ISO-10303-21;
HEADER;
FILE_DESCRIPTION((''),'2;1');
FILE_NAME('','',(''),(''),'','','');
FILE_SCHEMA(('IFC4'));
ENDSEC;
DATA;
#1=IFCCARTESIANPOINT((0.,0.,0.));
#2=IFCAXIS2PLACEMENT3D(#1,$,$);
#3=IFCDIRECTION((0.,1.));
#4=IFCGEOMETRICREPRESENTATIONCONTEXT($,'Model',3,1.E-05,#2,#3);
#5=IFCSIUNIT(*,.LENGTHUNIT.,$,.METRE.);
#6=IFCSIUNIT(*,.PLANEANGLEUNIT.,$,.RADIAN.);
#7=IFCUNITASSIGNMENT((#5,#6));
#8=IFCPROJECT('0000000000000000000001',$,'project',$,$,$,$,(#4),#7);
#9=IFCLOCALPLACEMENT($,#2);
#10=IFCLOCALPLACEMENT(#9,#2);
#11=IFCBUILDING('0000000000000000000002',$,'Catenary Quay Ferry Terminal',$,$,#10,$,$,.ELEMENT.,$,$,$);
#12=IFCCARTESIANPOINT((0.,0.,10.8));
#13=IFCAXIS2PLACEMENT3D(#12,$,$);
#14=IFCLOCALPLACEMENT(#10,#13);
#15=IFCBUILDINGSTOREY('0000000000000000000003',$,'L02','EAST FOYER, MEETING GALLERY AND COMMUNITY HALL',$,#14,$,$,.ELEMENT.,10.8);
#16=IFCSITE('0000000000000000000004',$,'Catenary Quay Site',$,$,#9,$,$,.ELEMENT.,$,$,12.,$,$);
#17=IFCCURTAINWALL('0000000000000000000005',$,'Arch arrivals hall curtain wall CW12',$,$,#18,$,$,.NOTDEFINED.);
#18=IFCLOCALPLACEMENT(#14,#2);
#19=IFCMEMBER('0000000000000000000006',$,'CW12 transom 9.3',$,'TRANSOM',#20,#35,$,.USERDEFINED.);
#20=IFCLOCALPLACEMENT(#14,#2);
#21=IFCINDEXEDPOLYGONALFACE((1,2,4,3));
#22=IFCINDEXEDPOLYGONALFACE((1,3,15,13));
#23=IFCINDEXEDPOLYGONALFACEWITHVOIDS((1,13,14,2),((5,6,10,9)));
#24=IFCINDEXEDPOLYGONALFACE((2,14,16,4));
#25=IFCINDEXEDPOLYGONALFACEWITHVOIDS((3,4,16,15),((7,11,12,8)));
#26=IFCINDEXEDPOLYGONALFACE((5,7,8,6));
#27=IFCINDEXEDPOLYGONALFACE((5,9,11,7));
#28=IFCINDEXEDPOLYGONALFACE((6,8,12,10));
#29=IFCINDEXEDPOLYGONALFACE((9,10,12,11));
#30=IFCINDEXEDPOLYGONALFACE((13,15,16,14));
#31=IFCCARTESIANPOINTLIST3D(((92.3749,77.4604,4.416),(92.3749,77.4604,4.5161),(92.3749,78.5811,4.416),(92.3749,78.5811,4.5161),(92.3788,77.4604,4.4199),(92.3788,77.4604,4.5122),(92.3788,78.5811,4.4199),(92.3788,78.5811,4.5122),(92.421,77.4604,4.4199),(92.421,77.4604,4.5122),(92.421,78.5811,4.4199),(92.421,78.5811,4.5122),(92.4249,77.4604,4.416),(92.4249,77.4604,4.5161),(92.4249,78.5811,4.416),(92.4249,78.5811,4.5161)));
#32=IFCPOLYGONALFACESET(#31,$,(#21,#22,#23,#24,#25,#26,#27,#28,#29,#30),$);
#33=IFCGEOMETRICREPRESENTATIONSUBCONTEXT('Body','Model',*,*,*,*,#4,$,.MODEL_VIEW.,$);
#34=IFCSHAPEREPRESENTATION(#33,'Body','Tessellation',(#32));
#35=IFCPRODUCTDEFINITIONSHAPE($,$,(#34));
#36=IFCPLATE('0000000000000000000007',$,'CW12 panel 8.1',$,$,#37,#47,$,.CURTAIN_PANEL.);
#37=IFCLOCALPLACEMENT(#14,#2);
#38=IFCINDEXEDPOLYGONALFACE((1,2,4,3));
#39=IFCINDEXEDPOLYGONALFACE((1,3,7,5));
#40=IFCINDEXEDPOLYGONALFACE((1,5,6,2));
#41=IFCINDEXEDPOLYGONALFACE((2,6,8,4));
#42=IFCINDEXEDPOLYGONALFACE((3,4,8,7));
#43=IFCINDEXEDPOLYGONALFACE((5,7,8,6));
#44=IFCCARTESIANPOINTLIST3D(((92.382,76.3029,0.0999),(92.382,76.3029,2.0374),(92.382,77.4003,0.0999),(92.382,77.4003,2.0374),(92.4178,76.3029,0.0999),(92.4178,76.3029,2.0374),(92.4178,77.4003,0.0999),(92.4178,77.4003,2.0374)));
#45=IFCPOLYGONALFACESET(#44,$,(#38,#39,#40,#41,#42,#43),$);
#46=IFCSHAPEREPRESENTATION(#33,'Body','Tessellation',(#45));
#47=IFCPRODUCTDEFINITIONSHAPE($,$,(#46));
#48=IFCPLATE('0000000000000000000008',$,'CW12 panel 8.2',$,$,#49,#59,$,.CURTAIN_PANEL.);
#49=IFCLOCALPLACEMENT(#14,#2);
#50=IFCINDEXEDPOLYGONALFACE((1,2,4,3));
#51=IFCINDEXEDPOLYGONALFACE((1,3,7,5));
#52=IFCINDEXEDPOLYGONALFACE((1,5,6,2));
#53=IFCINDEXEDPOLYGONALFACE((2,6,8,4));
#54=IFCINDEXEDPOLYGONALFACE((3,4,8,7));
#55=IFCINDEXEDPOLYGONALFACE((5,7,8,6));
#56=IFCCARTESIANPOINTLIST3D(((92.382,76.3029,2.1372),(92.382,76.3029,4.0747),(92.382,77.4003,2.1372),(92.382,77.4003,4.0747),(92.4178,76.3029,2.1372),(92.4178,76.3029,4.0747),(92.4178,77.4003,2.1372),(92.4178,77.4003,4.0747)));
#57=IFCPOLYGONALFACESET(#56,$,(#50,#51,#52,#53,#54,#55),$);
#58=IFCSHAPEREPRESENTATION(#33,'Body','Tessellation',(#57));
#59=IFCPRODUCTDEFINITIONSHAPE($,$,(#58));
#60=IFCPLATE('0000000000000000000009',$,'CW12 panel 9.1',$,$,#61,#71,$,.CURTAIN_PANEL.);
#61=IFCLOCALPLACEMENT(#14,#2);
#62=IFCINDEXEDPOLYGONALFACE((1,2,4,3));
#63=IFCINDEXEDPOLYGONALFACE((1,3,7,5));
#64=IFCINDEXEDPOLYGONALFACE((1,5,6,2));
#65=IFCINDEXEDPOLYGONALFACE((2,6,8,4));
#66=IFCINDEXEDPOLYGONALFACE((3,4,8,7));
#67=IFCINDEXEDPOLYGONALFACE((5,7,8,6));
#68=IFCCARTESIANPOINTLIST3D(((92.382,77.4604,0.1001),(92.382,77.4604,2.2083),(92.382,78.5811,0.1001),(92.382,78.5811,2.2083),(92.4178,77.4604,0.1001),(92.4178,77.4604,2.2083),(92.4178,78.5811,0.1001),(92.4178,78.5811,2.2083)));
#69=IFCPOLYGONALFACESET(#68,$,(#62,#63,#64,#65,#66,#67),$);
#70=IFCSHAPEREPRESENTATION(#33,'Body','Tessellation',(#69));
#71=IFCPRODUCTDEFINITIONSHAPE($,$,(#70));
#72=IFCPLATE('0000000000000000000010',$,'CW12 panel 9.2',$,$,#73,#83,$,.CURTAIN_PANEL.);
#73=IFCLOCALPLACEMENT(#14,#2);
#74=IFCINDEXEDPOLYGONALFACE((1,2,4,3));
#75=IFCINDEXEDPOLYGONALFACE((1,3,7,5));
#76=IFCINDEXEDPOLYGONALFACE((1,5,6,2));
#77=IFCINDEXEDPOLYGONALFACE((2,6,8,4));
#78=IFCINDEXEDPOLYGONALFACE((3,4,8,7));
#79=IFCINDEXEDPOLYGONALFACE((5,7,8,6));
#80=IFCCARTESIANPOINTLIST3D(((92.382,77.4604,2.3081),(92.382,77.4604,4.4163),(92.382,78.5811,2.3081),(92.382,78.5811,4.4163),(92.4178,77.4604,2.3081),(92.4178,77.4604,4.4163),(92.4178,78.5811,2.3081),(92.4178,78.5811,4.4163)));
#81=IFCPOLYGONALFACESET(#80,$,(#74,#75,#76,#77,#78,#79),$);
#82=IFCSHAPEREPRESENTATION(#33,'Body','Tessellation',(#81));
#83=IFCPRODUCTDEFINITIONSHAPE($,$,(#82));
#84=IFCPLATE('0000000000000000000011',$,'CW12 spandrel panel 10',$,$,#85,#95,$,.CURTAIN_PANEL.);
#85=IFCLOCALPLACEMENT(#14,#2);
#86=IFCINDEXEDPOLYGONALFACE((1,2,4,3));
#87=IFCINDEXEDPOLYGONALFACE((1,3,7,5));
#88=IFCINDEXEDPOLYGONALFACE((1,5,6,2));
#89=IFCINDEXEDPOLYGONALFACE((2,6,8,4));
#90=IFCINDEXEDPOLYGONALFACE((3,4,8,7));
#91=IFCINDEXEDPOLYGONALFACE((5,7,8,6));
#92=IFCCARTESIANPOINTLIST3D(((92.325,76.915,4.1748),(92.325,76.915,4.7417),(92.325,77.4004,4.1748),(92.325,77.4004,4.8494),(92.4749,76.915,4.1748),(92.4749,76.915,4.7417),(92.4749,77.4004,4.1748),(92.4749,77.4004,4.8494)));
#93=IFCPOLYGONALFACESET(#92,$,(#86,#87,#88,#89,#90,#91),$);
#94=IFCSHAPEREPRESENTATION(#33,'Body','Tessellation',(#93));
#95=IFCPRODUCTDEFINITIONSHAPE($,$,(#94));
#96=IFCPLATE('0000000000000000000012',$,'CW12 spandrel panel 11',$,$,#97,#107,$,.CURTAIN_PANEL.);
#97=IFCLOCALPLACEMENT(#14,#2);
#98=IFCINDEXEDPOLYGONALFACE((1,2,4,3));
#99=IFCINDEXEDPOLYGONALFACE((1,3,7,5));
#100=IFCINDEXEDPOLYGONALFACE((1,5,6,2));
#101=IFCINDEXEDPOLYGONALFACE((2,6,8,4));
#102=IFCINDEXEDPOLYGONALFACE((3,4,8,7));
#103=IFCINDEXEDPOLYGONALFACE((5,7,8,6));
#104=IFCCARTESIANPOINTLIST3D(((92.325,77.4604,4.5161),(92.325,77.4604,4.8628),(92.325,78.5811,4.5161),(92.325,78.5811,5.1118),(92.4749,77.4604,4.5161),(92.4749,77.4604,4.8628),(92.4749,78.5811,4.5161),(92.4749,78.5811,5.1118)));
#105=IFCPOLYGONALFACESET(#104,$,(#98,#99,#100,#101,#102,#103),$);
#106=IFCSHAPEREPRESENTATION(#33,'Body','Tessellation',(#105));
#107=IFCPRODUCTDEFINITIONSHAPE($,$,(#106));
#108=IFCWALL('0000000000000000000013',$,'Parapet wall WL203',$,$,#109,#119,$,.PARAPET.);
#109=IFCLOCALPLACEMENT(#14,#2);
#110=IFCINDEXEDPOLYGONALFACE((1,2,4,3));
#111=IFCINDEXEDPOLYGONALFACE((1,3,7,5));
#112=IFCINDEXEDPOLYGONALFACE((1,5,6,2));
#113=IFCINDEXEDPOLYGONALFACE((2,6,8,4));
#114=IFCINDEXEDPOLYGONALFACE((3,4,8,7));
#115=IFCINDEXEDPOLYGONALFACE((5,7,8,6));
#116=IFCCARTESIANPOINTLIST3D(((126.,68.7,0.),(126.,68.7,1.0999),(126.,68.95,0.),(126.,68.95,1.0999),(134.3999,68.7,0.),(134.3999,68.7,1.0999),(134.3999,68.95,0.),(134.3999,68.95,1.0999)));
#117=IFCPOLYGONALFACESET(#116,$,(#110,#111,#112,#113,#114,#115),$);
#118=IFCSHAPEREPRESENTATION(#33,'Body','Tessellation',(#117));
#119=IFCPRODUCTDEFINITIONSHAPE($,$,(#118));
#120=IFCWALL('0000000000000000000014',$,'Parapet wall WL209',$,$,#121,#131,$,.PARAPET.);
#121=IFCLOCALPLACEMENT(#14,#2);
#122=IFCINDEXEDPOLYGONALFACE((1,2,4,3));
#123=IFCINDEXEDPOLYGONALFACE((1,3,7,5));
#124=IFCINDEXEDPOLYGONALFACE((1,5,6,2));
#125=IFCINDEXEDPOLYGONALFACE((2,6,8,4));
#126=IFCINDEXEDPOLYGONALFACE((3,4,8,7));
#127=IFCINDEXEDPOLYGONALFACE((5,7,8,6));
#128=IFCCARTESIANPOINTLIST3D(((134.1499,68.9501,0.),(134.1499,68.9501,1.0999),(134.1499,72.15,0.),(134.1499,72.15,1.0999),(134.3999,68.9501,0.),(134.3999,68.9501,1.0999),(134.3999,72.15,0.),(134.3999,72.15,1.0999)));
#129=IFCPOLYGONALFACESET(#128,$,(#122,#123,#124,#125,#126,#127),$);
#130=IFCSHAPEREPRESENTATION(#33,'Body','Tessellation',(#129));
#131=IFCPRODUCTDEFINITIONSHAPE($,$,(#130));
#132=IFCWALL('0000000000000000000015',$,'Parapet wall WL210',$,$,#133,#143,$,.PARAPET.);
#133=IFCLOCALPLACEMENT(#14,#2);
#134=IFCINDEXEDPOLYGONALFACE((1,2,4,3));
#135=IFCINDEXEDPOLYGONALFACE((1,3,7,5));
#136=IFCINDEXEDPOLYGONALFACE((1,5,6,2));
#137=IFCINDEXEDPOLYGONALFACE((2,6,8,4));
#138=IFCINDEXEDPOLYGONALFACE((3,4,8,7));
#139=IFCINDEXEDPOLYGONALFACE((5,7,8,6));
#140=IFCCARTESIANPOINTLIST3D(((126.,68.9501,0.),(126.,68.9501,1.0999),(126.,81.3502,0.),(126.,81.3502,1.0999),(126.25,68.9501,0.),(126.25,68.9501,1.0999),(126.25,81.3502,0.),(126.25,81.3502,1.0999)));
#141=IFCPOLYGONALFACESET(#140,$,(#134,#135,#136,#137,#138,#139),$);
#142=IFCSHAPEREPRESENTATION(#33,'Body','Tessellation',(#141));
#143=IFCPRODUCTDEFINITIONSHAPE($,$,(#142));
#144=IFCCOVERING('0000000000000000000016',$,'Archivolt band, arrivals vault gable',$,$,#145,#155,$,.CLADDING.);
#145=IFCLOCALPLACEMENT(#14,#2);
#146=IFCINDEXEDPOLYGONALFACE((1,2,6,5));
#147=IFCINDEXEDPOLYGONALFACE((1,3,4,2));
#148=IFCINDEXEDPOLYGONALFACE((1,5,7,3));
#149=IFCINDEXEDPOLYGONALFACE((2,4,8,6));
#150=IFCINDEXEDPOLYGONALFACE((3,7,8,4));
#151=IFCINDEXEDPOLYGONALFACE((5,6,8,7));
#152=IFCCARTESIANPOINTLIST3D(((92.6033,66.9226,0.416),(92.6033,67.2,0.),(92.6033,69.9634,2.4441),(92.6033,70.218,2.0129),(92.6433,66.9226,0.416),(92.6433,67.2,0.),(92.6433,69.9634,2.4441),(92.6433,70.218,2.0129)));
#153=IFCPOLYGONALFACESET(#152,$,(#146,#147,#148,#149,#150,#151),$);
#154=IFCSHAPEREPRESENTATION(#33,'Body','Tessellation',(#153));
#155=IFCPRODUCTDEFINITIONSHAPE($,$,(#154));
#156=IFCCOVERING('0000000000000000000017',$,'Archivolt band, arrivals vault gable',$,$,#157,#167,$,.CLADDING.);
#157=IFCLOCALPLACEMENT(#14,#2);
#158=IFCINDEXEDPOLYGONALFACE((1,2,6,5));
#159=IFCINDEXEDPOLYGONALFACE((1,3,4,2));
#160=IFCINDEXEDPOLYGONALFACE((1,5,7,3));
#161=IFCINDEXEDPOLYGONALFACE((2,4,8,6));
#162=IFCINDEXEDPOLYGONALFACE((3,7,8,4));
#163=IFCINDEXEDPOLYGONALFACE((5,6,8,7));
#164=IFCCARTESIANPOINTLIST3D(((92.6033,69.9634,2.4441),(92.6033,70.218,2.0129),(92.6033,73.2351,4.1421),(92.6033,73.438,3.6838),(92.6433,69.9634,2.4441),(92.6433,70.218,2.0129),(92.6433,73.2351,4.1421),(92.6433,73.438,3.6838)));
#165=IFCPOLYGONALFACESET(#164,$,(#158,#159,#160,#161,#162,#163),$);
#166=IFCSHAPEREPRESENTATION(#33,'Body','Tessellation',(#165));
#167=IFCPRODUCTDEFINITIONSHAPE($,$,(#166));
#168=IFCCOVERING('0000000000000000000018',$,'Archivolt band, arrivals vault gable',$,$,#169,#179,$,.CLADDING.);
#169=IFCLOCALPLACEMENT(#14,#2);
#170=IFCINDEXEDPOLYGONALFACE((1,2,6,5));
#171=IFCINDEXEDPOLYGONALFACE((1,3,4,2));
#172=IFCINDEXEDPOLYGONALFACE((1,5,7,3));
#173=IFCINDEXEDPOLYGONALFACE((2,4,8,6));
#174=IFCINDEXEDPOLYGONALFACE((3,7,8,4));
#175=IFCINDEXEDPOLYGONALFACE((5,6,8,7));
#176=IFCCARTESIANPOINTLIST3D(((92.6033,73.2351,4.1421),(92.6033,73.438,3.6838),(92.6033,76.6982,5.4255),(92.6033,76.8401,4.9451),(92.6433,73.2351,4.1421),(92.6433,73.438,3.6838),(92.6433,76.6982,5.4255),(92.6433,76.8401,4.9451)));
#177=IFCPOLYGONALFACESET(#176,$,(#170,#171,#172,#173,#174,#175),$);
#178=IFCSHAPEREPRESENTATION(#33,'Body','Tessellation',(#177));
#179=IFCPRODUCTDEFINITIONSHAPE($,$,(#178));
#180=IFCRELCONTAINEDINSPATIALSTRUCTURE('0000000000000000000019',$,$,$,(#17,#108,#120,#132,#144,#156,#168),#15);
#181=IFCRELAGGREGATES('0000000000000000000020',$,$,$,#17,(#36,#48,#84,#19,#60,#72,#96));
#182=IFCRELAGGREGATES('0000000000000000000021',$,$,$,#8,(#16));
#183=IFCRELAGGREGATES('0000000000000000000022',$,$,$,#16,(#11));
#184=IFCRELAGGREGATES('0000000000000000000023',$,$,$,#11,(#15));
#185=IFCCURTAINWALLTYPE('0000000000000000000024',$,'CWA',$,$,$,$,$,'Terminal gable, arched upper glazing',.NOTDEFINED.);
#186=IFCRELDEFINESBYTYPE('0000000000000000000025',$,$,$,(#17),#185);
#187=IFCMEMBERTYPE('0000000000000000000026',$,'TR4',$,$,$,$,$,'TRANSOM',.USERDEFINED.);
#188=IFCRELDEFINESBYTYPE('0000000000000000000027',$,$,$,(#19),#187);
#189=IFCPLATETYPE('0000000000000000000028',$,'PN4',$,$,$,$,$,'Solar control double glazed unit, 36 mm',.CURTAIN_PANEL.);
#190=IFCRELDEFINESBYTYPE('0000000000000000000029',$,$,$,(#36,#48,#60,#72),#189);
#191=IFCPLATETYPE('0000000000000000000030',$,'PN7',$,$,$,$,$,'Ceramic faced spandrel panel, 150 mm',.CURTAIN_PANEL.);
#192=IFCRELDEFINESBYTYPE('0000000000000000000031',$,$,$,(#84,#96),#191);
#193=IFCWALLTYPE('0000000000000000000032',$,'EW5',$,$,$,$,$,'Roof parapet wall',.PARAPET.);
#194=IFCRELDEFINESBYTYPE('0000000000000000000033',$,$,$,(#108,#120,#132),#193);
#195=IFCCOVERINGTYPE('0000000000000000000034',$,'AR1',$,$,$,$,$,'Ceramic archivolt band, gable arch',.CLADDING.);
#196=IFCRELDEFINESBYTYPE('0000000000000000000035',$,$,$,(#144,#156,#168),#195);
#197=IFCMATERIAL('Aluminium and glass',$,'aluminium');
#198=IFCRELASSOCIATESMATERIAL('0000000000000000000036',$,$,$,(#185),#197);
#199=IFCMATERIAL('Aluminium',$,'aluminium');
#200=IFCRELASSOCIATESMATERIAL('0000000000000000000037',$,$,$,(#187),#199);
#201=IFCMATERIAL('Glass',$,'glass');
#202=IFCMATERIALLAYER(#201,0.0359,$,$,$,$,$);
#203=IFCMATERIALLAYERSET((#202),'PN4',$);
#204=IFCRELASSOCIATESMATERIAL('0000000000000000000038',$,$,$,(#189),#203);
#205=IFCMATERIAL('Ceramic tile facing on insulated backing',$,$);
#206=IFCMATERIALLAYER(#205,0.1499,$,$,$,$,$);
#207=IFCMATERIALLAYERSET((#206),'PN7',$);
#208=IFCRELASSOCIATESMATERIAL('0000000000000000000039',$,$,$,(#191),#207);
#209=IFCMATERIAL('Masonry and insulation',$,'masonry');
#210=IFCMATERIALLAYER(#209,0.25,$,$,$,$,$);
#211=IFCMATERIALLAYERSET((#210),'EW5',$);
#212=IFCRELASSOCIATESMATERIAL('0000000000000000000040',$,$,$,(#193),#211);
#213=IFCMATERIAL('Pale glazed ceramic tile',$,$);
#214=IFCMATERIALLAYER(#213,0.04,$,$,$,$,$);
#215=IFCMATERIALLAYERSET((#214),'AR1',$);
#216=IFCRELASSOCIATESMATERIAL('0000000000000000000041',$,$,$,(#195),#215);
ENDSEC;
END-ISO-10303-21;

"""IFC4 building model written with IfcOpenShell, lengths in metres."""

from ifc_helpers import new_model, si_unit, direction, frame, frame_2d, origin, origin_2d, place, context, subcontext, project, spatial, polyline, rectangle, hollow_rectangle, outline, extrude, material, layer, layer_set, material_profile, profile_set, type_object, element, aggregate, save


model = new_model("IFC4")

# Units and contexts
model_context = context("Model", 3, precision=1e-05, world=origin(), true_north=direction((0.0, 1.0)))
body_context = subcontext(model_context, "Body", "Model", "MODEL_VIEW")
ifc_project = project(units=[si_unit("LENGTHUNIT", "METRE"), si_unit("PLANEANGLEUNIT", "RADIAN")], contexts=[model_context])

# Site, building, storey
site_placement = place(None, origin())
site = spatial("IfcSite", under=ifc_project, at=site_placement, Name="Catenary Quay Site", CompositionType="ELEMENT", RefElevation=12.0)
building_placement = place(site_placement, origin())
building = spatial("IfcBuilding", under=site, at=building_placement, Name="Catenary Quay Ferry Terminal", CompositionType="ELEMENT")
storey_placement = place(building_placement, frame((0.0, 0.0, 10.8)))
storey = spatial("IfcBuildingStorey", under=building, at=storey_placement, Name="L02", Description="EAST FOYER, MEETING GALLERY AND COMMUNITY HALL", CompositionType="ELEMENT", Elevation=10.8)

# Curtain wall
ifc_material_1 = material(Name="Aluminium and glass", Category="aluminium")
curtain_wall_type = type_object("IfcCurtainWallType", Name="CWA", ElementType="Terminal gable, arched upper glazing", PredefinedType="NOTDEFINED", material=ifc_material_1)
curtain_wall_placement = place(storey_placement, origin())
curtain_wall = element("IfcCurtainWall", 1, at=curtain_wall_placement, inside=storey, type_object=curtain_wall_type, Name="Arch arrivals hall curtain wall CW12", PredefinedType="NOTDEFINED")

# Member
ifc_material_2 = material(Name="Aluminium", Category="aluminium")
ifc_material_profile_1 = material_profile(ifc_material_2, hollow_rectangle(XDim=0.05, YDim=0.1001, WallThickness=0.0039, at=origin_2d()), Name="TR4")
ifc_profile_set_1 = profile_set([ifc_material_profile_1], Name="Aluminium")
member_type_1 = type_object("IfcMemberType", Name="TR4", ElementType="TRANSOM", PredefinedType="USERDEFINED", material=ifc_profile_set_1)
member_1_placement = place(storey_placement, frame((92.3999, 77.4604, 4.4661), z_axis=(0.0, 1.0, 0.0), x_axis=(-1.0, 0.0, 0.0)))
member_1 = element("IfcMember", 2, at=member_1_placement, type_object=member_type_1, Name="CW12 transom 9.3", ObjectType="TRANSOM", PredefinedType="USERDEFINED", context=body_context, shape_type="SweptSolid", body=[
    extrude(hollow_rectangle(XDim=0.05, YDim=0.1001, WallThickness=0.0039, at=origin_2d()), origin(), (0.0, 0.0, 1.0), 1.1206),
])

# Plates
ifc_material_3 = material(Name="Glass", Category="glass")
ifc_layer_1 = layer(ifc_material_3, 0.0359)
ifc_layer_set_1 = layer_set([ifc_layer_1], Name="PN4")
plate_type_1 = type_object("IfcPlateType", Name="PN4", ElementType="Solar control double glazed unit, 36 mm", PredefinedType="CURTAIN_PANEL", material=ifc_layer_set_1)
plate_1_placement = place(storey_placement, frame((92.3999, 76.8516, 0.0999), z_axis=(0.0, 0.0, 1.0), x_axis=(0.0, 1.0, 0.0)))
plate_1 = element("IfcPlate", 3, at=plate_1_placement, type_object=plate_type_1, Name="CW12 panel 8.1", PredefinedType="CURTAIN_PANEL", context=body_context, shape_type="SweptSolid", body=[
    extrude(rectangle(XDim=1.0974, YDim=0.0359, at=origin_2d()), origin(), (0.0, 0.0, 1.0), 1.9375),
])
plate_2_placement = place(storey_placement, frame((92.3999, 76.8516, 2.1372), z_axis=(0.0, 0.0, 1.0), x_axis=(0.0, 1.0, 0.0)))
plate_2 = element("IfcPlate", 4, at=plate_2_placement, type_object=plate_type_1, Name="CW12 panel 8.2", PredefinedType="CURTAIN_PANEL", context=body_context, shape_type="SweptSolid", body=[
    extrude(rectangle(XDim=1.0974, YDim=0.0359, at=origin_2d()), origin(), (0.0, 0.0, 1.0), 1.9375),
])
plate_3_placement = place(storey_placement, frame((92.3999, 78.0208, 0.1001), z_axis=(0.0, 0.0, 1.0), x_axis=(0.0, 1.0, 0.0)))
plate_3 = element("IfcPlate", 5, at=plate_3_placement, type_object=plate_type_1, Name="CW12 panel 9.1", PredefinedType="CURTAIN_PANEL", context=body_context, shape_type="SweptSolid", body=[
    extrude(rectangle(XDim=1.1206, YDim=0.0359, at=origin_2d()), origin(), (0.0, 0.0, 1.0), 2.1082),
])
plate_4_placement = place(storey_placement, frame((92.3999, 78.0208, 2.3081), z_axis=(0.0, 0.0, 1.0), x_axis=(0.0, 1.0, 0.0)))
plate_4 = element("IfcPlate", 6, at=plate_4_placement, type_object=plate_type_1, Name="CW12 panel 9.2", PredefinedType="CURTAIN_PANEL", context=body_context, shape_type="SweptSolid", body=[
    extrude(rectangle(XDim=1.1206, YDim=0.0359, at=origin_2d()), origin(), (0.0, 0.0, 1.0), 2.1082),
])
ifc_material_4 = material(Name="Ceramic tile facing on insulated backing")
ifc_layer_2 = layer(ifc_material_4, 0.1499)
ifc_layer_set_2 = layer_set([ifc_layer_2], Name="PN7")
plate_type_2 = type_object("IfcPlateType", Name="PN7", ElementType="Ceramic faced spandrel panel, 150 mm", PredefinedType="CURTAIN_PANEL", material=ifc_layer_set_2)
plate_5_placement = place(storey_placement, frame((92.3999, 76.915, 4.1748), z_axis=(0.0, 0.0, 1.0), x_axis=(0.0, 1.0, 0.0)))
plate_5 = element("IfcPlate", 7, at=plate_5_placement, type_object=plate_type_2, Name="CW12 spandrel panel 10", PredefinedType="CURTAIN_PANEL", context=body_context, shape_type="SweptSolid", body=[
    extrude(outline(polyline([(0.0, 0.0), (0.4854, 0.0), (0.4854, 0.6746), (0.0, 0.5669), (0.0, 0.0)])), frame((0.0, 0.075, 0.0), z_axis=(0.0, -1.0, 0.0), x_axis=(1.0, 0.0, 0.0)), (0.0, 0.0, 1.0), 0.1499),
])
plate_6_placement = place(storey_placement, frame((92.3999, 77.4604, 4.5161), z_axis=(0.0, 0.0, 1.0), x_axis=(0.0, 1.0, 0.0)))
plate_6 = element("IfcPlate", 8, at=plate_6_placement, type_object=plate_type_2, Name="CW12 spandrel panel 11", PredefinedType="CURTAIN_PANEL", context=body_context, shape_type="SweptSolid", body=[
    extrude(outline(polyline([(0.0, 0.0), (1.1206, 0.0), (1.1206, 0.5957), (0.0, 0.3467), (0.0, 0.0)])), frame((0.0, 0.075, 0.0), z_axis=(0.0, -1.0, 0.0), x_axis=(1.0, 0.0, 0.0)), (0.0, 0.0, 1.0), 0.1499),
])
aggregate(curtain_wall, [plate_1, plate_2, plate_5, member_1, plate_3, plate_4, plate_6])

# Walls
ifc_material_5 = material(Name="Masonry and insulation", Category="masonry")
ifc_layer_3 = layer(ifc_material_5, 0.25)
ifc_layer_set_3 = layer_set([ifc_layer_3], Name="EW5")
wall_type = type_object("IfcWallType", Name="EW5", ElementType="Roof parapet wall", PredefinedType="PARAPET", material=ifc_layer_set_3)
wall_1_placement = place(storey_placement, frame((126.0, 68.825, 0.0), z_axis=(0.0, 0.0, 1.0), x_axis=(1.0, 0.0, 0.0)))
element("IfcWall", 9, at=wall_1_placement, inside=storey, type_object=wall_type, Name="Parapet wall WL203", PredefinedType="PARAPET", context=body_context, shape_type="SweptSolid", body=[
    extrude(rectangle(XDim=8.3999, YDim=0.25, at=frame_2d((4.2, 0.0))), origin(), (0.0, 0.0, 1.0), 1.0999),
])
wall_2_placement = place(storey_placement, frame((134.2749, 68.95, 0.0), z_axis=(0.0, 0.0, 1.0), x_axis=(0.0, 1.0, 0.0)))
element("IfcWall", 10, at=wall_2_placement, inside=storey, type_object=wall_type, Name="Parapet wall WL209", PredefinedType="PARAPET", context=body_context, shape_type="SweptSolid", body=[
    extrude(rectangle(XDim=3.2, YDim=0.25, at=frame_2d((1.6001, 0.0))), origin(), (0.0, 0.0, 1.0), 1.0999),
])
wall_3_placement = place(storey_placement, frame((126.125, 68.95, 0.0), z_axis=(0.0, 0.0, 1.0), x_axis=(0.0, 1.0, 0.0)))
element("IfcWall", 11, at=wall_3_placement, inside=storey, type_object=wall_type, Name="Parapet wall WL210", PredefinedType="PARAPET", context=body_context, shape_type="SweptSolid", body=[
    extrude(rectangle(XDim=12.4001, YDim=0.25, at=frame_2d((6.2002, 0.0))), origin(), (0.0, 0.0, 1.0), 1.0999),
])

# Coverings
ifc_material_6 = material(Name="Pale glazed ceramic tile")
ifc_layer_4 = layer(ifc_material_6, 0.04)
ifc_layer_set_4 = layer_set([ifc_layer_4], Name="AR1")
covering_type_1 = type_object("IfcCoveringType", Name="AR1", ElementType="Ceramic archivolt band, gable arch", PredefinedType="CLADDING", material=ifc_layer_set_4)
covering_1_placement = place(storey_placement, frame((92.6033, 66.9226, 0.416), z_axis=(-1.0, 0.0, 0.0), x_axis=(0.0, 0.831937, 0.55487)))
element("IfcCovering", 12, at=covering_1_placement, inside=storey, type_object=covering_type_1, Name="Archivolt band, arrivals vault gable", PredefinedType="CLADDING", context=body_context, shape_type="SweptSolid", body=[
    extrude(outline(polyline([(0.0, 0.0), (3.655, 0.0), (3.6277, 0.5), (-0.0001, 0.5), (0.0, 0.0)])), origin(), (0.0, 0.0, -1.0), 0.04),
])
covering_2_placement = place(storey_placement, frame((92.6033, 69.9634, 2.4441), z_axis=(-1.0, 0.0, 0.0), x_axis=(0.0, 0.887583, 0.460648)))
element("IfcCovering", 13, at=covering_2_placement, inside=storey, type_object=covering_type_1, Name="Archivolt band, arrivals vault gable", PredefinedType="CLADDING", context=body_context, shape_type="SweptSolid", body=[
    extrude(outline(polyline([(0.0, 0.0), (3.6861, 0.0), (3.6551, 0.5002), (0.0274, 0.5), (0.0, 0.0)])), origin(), (0.0, 0.0, -1.0), 0.04),
])
covering_3_placement = place(storey_placement, frame((92.6033, 73.2351, 4.1421), z_axis=(-1.0, 0.0, 0.0), x_axis=(0.0, 0.937678, 0.347506)))
element("IfcCovering", 14, at=covering_3_placement, inside=storey, type_object=covering_type_1, Name="Archivolt band, arrivals vault gable", PredefinedType="CLADDING", context=body_context, shape_type="SweptSolid", body=[
    extrude(outline(polyline([(0.0, 0.0), (3.6933, 0.0), (3.6593, 0.4998), (0.031, 0.5002), (0.0, 0.0)])), origin(), (0.0, 0.0, -1.0), 0.04),
])

save(model, "model.ifc")
